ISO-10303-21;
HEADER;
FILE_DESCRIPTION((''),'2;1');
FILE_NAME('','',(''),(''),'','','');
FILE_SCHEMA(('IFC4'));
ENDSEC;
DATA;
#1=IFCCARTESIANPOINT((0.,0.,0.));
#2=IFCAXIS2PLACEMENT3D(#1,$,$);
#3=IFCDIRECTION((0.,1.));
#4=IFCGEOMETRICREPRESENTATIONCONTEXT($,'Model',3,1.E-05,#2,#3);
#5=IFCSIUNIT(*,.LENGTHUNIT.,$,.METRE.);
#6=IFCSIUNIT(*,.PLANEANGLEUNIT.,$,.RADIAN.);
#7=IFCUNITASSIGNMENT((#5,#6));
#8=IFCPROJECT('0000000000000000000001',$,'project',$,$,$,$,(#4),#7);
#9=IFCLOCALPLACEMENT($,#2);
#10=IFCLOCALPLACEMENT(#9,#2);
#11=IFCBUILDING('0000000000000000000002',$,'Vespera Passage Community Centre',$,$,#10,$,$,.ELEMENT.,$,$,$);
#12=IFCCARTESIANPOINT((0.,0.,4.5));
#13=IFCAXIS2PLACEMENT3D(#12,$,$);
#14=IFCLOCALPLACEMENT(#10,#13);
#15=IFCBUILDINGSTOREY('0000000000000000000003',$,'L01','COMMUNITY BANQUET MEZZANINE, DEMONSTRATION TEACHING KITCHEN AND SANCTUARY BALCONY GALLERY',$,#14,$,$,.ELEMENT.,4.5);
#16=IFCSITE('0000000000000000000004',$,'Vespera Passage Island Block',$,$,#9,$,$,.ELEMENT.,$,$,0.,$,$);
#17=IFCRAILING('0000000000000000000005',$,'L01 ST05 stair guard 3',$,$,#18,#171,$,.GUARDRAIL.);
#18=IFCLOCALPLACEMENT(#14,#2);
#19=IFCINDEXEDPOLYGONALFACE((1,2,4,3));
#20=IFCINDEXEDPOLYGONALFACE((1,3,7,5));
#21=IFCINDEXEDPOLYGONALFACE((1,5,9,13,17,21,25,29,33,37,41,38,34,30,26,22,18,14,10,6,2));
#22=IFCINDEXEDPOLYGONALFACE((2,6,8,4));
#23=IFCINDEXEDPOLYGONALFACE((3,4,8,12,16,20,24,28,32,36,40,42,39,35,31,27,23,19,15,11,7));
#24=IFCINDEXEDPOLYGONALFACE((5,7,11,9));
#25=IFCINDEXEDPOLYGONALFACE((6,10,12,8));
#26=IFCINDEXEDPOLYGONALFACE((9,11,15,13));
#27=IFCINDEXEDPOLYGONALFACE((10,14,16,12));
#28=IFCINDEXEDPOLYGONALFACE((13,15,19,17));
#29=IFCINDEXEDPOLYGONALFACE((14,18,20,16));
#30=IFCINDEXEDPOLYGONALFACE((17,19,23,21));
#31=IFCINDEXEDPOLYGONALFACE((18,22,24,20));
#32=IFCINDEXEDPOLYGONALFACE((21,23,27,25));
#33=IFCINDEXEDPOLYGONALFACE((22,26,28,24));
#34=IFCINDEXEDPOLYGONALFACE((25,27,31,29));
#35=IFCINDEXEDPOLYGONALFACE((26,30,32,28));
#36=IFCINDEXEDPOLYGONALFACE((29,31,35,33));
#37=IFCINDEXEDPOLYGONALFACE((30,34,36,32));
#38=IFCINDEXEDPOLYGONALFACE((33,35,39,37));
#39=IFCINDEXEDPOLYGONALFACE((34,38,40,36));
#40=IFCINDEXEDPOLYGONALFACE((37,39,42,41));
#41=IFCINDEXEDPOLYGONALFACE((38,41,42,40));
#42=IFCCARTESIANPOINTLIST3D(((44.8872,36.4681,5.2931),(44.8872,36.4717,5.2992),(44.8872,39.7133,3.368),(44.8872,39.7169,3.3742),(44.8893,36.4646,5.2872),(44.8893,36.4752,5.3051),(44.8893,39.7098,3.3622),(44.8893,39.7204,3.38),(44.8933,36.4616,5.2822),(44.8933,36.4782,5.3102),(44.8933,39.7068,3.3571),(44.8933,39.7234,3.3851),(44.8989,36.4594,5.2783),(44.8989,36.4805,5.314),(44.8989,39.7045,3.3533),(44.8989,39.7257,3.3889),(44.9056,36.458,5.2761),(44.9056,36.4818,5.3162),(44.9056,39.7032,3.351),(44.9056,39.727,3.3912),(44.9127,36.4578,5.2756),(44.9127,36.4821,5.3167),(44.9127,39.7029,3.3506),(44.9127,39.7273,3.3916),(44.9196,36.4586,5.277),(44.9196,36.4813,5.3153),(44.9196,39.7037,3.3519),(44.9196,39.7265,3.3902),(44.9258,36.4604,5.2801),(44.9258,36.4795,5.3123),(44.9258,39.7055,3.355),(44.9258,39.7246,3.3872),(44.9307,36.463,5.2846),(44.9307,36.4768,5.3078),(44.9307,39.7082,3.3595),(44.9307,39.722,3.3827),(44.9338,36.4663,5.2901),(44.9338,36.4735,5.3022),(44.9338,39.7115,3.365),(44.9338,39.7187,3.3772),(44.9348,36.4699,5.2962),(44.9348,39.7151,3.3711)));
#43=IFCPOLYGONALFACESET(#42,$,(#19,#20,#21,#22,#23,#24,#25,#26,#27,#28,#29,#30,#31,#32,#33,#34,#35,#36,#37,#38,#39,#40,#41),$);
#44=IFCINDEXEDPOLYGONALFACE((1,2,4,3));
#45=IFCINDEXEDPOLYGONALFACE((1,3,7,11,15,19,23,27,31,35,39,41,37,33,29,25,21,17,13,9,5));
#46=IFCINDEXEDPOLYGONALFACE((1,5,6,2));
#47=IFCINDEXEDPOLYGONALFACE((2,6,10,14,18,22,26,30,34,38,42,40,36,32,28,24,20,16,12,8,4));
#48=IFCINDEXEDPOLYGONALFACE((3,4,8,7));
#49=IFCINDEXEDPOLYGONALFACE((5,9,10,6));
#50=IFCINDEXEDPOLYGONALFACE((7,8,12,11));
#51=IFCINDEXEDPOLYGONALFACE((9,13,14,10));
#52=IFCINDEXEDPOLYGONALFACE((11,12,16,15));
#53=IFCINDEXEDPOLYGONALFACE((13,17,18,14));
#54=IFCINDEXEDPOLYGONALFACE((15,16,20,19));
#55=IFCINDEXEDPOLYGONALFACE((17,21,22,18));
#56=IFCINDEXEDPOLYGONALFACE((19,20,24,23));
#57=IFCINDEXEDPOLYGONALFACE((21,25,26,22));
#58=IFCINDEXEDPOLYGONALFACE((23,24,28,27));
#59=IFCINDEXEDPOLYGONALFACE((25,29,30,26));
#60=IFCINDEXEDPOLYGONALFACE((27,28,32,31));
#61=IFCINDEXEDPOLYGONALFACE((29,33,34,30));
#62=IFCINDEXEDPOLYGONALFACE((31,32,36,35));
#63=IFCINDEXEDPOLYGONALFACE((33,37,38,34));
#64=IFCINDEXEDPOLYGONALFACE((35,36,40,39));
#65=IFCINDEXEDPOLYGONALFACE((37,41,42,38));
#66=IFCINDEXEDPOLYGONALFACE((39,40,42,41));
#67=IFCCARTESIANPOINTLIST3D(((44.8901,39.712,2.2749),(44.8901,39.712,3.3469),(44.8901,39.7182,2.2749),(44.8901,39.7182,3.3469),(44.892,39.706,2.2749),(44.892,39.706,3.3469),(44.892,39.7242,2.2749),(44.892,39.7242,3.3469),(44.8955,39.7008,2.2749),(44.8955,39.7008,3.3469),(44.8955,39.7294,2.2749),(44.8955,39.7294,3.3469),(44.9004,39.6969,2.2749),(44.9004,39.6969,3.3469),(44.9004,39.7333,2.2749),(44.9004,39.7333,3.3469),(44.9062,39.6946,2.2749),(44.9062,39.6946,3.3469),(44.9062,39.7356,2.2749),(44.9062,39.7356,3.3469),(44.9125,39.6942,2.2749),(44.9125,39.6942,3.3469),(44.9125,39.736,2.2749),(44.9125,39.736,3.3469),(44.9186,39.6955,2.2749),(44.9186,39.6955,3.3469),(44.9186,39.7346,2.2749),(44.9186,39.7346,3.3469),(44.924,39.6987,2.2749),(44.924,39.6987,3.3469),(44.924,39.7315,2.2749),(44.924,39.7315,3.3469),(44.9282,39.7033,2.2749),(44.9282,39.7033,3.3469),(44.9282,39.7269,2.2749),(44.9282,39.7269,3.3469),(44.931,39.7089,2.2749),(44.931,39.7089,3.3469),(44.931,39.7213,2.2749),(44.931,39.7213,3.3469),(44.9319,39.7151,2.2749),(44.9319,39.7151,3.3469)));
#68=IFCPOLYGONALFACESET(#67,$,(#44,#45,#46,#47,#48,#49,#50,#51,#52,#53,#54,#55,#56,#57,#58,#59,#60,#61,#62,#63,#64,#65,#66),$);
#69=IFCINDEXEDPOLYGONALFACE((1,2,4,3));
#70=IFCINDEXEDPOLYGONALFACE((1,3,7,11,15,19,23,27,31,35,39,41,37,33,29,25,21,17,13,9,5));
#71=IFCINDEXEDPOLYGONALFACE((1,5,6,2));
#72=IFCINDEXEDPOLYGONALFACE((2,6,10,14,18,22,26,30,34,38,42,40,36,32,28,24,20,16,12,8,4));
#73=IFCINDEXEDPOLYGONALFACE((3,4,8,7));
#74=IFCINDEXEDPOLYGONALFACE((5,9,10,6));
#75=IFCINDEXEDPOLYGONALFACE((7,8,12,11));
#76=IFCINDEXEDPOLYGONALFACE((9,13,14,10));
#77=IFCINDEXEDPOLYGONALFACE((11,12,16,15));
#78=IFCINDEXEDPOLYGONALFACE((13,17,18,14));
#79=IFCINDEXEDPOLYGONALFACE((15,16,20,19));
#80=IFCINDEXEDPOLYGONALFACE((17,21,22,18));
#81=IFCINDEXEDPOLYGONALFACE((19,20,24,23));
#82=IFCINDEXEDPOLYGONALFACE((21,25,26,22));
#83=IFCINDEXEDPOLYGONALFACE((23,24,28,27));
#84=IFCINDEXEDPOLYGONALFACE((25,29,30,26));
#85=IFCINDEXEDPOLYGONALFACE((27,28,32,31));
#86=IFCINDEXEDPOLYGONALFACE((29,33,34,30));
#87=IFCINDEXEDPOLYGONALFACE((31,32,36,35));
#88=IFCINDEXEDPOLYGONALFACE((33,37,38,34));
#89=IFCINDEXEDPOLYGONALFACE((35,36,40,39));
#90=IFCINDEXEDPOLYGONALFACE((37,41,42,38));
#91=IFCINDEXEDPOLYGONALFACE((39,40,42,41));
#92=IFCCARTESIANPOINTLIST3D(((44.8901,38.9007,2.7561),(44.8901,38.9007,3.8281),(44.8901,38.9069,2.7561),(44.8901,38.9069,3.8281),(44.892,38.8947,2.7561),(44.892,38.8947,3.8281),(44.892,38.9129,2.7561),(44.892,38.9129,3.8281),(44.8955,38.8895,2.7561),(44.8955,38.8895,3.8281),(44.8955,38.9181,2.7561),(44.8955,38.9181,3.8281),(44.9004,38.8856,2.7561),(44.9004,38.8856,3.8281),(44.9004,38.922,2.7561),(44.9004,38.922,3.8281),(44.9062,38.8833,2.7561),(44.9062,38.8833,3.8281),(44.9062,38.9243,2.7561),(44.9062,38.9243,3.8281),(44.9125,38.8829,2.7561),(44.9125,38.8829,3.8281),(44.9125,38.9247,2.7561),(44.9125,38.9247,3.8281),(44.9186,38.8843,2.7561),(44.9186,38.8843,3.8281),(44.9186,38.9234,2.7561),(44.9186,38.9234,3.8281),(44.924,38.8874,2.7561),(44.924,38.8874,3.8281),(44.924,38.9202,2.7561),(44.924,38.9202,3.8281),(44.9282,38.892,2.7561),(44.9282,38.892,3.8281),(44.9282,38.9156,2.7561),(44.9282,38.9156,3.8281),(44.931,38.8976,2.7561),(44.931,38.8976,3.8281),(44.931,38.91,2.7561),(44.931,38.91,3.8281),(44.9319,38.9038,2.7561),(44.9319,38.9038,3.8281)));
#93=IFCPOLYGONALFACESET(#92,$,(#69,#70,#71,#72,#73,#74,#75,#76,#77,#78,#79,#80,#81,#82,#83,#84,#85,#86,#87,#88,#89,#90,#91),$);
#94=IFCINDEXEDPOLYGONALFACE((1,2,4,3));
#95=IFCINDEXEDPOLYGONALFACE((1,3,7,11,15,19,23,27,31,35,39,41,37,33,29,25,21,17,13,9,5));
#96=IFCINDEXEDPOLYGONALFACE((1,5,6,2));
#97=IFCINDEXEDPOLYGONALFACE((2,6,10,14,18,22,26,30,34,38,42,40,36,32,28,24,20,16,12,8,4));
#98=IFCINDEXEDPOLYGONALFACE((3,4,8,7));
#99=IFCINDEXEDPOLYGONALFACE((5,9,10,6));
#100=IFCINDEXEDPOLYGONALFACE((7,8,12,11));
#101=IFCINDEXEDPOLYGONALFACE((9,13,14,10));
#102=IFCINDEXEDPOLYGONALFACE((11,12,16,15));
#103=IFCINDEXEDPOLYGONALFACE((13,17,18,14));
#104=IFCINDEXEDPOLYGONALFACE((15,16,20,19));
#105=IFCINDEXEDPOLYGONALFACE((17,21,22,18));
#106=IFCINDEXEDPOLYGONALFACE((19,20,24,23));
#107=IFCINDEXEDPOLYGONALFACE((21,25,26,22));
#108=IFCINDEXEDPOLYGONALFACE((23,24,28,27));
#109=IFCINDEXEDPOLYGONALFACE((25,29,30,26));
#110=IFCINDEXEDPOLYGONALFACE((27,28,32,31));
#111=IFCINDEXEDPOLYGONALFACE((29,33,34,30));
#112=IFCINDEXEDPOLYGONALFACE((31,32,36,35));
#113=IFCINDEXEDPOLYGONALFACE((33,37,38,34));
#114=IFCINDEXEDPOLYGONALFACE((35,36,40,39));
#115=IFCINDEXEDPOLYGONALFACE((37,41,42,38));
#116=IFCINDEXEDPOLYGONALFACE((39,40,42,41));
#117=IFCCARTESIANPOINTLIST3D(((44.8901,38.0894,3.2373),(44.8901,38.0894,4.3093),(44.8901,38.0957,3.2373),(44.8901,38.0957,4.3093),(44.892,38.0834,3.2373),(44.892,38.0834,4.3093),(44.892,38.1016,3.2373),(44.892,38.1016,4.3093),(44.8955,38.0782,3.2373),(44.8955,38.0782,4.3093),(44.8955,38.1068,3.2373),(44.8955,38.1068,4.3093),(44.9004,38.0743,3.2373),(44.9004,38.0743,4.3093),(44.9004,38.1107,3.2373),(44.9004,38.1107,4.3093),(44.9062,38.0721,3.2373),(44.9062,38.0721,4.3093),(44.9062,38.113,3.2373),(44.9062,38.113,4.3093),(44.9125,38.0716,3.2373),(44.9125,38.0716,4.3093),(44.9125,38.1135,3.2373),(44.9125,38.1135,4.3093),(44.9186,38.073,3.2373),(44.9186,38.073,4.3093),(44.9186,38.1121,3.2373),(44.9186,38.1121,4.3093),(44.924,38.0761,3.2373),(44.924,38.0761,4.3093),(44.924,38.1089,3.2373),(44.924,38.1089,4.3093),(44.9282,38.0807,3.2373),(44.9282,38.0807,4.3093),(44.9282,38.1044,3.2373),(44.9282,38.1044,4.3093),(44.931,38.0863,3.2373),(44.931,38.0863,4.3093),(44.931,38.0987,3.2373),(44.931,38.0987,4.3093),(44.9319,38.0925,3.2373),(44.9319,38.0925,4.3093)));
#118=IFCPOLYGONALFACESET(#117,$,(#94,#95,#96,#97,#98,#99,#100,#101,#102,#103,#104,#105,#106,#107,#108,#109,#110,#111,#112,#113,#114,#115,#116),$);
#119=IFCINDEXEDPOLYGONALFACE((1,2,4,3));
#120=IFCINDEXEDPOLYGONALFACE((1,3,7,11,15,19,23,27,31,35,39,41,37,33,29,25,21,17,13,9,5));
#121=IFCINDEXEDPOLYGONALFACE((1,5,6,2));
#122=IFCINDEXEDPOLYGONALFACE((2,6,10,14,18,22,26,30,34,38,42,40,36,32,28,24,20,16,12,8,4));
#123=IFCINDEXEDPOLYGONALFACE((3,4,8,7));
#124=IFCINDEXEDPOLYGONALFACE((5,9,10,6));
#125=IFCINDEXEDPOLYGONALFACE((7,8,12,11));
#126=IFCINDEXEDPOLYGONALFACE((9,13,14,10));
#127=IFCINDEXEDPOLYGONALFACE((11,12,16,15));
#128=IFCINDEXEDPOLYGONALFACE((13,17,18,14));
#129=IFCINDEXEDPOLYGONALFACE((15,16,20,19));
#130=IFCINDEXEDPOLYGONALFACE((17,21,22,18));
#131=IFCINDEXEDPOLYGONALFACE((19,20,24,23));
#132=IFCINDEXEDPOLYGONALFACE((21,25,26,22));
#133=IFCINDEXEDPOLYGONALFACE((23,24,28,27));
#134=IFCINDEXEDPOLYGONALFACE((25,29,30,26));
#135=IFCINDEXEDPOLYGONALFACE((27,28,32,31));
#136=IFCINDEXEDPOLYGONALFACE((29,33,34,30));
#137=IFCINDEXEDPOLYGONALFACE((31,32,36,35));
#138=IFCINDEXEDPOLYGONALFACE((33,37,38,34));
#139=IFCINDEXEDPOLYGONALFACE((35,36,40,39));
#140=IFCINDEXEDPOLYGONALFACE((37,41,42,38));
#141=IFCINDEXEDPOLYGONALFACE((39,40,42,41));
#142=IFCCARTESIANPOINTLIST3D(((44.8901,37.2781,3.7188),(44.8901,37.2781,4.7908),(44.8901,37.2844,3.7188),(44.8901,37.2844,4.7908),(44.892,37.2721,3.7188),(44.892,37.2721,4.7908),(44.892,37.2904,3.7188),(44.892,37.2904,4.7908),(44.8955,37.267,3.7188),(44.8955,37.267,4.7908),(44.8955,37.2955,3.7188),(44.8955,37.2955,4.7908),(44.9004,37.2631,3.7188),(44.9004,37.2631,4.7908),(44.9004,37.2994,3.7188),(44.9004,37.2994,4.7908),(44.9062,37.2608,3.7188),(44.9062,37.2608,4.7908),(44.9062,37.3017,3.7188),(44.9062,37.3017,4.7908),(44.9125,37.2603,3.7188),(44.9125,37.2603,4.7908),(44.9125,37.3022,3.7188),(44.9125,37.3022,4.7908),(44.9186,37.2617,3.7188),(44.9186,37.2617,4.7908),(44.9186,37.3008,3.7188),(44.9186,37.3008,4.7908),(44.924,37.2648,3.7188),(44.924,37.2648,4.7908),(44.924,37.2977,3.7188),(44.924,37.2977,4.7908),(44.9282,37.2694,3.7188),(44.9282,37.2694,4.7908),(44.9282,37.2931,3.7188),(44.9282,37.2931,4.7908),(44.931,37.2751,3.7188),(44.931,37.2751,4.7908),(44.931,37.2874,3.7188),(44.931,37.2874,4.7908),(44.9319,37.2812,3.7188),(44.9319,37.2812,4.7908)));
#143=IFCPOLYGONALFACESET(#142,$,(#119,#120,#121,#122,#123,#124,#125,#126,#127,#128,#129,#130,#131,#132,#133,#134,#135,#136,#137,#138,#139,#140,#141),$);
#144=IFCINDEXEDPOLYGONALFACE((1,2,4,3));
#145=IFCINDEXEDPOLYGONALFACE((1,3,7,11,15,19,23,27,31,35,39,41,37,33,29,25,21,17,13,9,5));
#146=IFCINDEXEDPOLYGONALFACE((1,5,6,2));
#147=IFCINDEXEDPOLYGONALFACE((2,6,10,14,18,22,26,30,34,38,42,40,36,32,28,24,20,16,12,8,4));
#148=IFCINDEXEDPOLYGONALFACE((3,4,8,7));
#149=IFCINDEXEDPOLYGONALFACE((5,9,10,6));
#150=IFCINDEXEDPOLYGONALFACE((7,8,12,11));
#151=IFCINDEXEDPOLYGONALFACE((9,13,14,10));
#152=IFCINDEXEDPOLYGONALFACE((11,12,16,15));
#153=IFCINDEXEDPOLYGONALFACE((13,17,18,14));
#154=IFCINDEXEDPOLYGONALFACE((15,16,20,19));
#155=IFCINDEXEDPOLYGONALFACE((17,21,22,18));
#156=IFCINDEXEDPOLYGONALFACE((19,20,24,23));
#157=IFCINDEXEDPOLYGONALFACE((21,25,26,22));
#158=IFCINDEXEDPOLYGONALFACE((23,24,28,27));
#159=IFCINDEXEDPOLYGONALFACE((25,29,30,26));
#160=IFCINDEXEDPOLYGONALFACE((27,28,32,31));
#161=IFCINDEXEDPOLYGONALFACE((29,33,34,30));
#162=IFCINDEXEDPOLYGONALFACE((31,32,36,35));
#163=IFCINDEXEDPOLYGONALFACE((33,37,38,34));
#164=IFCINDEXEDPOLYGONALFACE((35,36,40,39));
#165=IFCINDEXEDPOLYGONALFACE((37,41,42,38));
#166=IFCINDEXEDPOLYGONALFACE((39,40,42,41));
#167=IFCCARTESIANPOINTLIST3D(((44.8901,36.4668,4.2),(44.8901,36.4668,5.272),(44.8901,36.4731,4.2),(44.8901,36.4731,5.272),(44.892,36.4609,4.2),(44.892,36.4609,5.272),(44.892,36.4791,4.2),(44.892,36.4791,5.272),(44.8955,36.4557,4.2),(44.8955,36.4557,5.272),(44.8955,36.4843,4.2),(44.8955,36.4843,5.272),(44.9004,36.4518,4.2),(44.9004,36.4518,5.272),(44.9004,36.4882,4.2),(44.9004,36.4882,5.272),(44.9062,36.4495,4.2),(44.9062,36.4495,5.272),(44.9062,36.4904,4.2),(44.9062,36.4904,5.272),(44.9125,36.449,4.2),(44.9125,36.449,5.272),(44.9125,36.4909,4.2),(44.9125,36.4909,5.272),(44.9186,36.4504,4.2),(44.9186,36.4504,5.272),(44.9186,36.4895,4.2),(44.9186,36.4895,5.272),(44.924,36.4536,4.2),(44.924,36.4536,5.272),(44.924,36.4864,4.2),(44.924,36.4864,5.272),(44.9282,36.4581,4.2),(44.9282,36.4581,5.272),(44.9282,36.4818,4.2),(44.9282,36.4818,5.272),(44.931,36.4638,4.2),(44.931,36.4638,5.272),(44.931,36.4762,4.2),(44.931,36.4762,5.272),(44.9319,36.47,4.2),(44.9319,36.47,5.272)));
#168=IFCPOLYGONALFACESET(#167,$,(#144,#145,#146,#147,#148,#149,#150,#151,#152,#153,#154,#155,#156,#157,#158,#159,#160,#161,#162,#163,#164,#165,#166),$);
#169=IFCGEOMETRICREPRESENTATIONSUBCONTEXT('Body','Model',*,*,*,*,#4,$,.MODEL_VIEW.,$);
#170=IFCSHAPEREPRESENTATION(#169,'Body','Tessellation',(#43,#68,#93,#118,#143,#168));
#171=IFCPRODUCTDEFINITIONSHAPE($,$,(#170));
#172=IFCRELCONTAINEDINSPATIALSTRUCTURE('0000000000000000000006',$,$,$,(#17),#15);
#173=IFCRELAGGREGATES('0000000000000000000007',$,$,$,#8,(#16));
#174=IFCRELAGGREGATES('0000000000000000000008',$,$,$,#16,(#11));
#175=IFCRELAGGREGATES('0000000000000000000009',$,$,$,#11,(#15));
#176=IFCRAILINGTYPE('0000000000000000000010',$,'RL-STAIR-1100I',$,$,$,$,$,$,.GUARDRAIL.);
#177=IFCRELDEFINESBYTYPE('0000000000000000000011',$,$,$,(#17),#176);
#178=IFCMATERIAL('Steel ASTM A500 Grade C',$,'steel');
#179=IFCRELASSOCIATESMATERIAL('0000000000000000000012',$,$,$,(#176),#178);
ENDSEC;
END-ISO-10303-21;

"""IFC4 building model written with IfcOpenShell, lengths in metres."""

from ifc_helpers import new_model, si_unit, direction, frame, origin, origin_2d, place, context, subcontext, project, spatial, circle, extrude, material, type_object, element, save


model = new_model("IFC4")

# Units and contexts
model_context = context("Model", 3, precision=1e-05, world=origin(), true_north=direction((0.0, 1.0)))
body_context = subcontext(model_context, "Body", "Model", "MODEL_VIEW")
ifc_project = project(units=[si_unit("LENGTHUNIT", "METRE"), si_unit("PLANEANGLEUNIT", "RADIAN")], contexts=[model_context])

# Site, building, storey
site_placement = place(None, origin())
site = spatial("IfcSite", under=ifc_project, at=site_placement, Name="Vespera Passage Island Block", CompositionType="ELEMENT", RefElevation=0.0)
building_placement = place(site_placement, origin())
building = spatial("IfcBuilding", under=site, at=building_placement, Name="Vespera Passage Community Centre", CompositionType="ELEMENT")
storey_placement = place(building_placement, frame((0.0, 0.0, 4.5)))
storey = spatial("IfcBuildingStorey", under=building, at=storey_placement, Name="L01", Description="COMMUNITY BANQUET MEZZANINE, DEMONSTRATION TEACHING KITCHEN AND SANCTUARY BALCONY GALLERY", CompositionType="ELEMENT", Elevation=4.5)

# Railing
ifc_material_1 = material(Name="Steel ASTM A500 Grade C", Category="steel")
railing_type_1 = type_object("IfcRailingType", Name="RL-STAIR-1100I", PredefinedType="GUARDRAIL", material=ifc_material_1)
railing_1_placement = place(storey_placement, frame((44.9109, 39.7151, 2.2749)))
element("IfcRailing", 1, at=railing_1_placement, inside=storey, type_object=railing_type_1, Name="L01 ST05 stair guard 3", PredefinedType="GUARDRAIL", context=body_context, shape_type="SweptSolid", body=[
    extrude(circle(Radius=0.0239, at=origin_2d()), frame((0.0, 0.0, 1.0962), z_axis=(0.0, -0.860057, 0.510198), x_axis=(1.0, 0.0, 0.0)), (0.0, 0.0, 1.0), 3.7732),
    extrude(circle(Radius=0.021, at=origin_2d()), origin(), (0.0, 0.0, 1.0), 1.072),
    extrude(circle(Radius=0.021, at=origin_2d()), frame((0.0, -0.8113, 0.4812)), (0.0, 0.0, 1.0), 1.072),
    extrude(circle(Radius=0.021, at=origin_2d()), frame((0.0, -1.6226, 0.9624)), (0.0, 0.0, 1.0), 1.072),
    extrude(circle(Radius=0.021, at=origin_2d()), frame((0.0, -2.4338, 1.4438)), (0.0, 0.0, 1.0), 1.072),
    extrude(circle(Radius=0.021, at=origin_2d()), frame((0.0, -3.2451, 1.925)), (0.0, 0.0, 1.0), 1.072),
])

save(model, "model.ifc")
